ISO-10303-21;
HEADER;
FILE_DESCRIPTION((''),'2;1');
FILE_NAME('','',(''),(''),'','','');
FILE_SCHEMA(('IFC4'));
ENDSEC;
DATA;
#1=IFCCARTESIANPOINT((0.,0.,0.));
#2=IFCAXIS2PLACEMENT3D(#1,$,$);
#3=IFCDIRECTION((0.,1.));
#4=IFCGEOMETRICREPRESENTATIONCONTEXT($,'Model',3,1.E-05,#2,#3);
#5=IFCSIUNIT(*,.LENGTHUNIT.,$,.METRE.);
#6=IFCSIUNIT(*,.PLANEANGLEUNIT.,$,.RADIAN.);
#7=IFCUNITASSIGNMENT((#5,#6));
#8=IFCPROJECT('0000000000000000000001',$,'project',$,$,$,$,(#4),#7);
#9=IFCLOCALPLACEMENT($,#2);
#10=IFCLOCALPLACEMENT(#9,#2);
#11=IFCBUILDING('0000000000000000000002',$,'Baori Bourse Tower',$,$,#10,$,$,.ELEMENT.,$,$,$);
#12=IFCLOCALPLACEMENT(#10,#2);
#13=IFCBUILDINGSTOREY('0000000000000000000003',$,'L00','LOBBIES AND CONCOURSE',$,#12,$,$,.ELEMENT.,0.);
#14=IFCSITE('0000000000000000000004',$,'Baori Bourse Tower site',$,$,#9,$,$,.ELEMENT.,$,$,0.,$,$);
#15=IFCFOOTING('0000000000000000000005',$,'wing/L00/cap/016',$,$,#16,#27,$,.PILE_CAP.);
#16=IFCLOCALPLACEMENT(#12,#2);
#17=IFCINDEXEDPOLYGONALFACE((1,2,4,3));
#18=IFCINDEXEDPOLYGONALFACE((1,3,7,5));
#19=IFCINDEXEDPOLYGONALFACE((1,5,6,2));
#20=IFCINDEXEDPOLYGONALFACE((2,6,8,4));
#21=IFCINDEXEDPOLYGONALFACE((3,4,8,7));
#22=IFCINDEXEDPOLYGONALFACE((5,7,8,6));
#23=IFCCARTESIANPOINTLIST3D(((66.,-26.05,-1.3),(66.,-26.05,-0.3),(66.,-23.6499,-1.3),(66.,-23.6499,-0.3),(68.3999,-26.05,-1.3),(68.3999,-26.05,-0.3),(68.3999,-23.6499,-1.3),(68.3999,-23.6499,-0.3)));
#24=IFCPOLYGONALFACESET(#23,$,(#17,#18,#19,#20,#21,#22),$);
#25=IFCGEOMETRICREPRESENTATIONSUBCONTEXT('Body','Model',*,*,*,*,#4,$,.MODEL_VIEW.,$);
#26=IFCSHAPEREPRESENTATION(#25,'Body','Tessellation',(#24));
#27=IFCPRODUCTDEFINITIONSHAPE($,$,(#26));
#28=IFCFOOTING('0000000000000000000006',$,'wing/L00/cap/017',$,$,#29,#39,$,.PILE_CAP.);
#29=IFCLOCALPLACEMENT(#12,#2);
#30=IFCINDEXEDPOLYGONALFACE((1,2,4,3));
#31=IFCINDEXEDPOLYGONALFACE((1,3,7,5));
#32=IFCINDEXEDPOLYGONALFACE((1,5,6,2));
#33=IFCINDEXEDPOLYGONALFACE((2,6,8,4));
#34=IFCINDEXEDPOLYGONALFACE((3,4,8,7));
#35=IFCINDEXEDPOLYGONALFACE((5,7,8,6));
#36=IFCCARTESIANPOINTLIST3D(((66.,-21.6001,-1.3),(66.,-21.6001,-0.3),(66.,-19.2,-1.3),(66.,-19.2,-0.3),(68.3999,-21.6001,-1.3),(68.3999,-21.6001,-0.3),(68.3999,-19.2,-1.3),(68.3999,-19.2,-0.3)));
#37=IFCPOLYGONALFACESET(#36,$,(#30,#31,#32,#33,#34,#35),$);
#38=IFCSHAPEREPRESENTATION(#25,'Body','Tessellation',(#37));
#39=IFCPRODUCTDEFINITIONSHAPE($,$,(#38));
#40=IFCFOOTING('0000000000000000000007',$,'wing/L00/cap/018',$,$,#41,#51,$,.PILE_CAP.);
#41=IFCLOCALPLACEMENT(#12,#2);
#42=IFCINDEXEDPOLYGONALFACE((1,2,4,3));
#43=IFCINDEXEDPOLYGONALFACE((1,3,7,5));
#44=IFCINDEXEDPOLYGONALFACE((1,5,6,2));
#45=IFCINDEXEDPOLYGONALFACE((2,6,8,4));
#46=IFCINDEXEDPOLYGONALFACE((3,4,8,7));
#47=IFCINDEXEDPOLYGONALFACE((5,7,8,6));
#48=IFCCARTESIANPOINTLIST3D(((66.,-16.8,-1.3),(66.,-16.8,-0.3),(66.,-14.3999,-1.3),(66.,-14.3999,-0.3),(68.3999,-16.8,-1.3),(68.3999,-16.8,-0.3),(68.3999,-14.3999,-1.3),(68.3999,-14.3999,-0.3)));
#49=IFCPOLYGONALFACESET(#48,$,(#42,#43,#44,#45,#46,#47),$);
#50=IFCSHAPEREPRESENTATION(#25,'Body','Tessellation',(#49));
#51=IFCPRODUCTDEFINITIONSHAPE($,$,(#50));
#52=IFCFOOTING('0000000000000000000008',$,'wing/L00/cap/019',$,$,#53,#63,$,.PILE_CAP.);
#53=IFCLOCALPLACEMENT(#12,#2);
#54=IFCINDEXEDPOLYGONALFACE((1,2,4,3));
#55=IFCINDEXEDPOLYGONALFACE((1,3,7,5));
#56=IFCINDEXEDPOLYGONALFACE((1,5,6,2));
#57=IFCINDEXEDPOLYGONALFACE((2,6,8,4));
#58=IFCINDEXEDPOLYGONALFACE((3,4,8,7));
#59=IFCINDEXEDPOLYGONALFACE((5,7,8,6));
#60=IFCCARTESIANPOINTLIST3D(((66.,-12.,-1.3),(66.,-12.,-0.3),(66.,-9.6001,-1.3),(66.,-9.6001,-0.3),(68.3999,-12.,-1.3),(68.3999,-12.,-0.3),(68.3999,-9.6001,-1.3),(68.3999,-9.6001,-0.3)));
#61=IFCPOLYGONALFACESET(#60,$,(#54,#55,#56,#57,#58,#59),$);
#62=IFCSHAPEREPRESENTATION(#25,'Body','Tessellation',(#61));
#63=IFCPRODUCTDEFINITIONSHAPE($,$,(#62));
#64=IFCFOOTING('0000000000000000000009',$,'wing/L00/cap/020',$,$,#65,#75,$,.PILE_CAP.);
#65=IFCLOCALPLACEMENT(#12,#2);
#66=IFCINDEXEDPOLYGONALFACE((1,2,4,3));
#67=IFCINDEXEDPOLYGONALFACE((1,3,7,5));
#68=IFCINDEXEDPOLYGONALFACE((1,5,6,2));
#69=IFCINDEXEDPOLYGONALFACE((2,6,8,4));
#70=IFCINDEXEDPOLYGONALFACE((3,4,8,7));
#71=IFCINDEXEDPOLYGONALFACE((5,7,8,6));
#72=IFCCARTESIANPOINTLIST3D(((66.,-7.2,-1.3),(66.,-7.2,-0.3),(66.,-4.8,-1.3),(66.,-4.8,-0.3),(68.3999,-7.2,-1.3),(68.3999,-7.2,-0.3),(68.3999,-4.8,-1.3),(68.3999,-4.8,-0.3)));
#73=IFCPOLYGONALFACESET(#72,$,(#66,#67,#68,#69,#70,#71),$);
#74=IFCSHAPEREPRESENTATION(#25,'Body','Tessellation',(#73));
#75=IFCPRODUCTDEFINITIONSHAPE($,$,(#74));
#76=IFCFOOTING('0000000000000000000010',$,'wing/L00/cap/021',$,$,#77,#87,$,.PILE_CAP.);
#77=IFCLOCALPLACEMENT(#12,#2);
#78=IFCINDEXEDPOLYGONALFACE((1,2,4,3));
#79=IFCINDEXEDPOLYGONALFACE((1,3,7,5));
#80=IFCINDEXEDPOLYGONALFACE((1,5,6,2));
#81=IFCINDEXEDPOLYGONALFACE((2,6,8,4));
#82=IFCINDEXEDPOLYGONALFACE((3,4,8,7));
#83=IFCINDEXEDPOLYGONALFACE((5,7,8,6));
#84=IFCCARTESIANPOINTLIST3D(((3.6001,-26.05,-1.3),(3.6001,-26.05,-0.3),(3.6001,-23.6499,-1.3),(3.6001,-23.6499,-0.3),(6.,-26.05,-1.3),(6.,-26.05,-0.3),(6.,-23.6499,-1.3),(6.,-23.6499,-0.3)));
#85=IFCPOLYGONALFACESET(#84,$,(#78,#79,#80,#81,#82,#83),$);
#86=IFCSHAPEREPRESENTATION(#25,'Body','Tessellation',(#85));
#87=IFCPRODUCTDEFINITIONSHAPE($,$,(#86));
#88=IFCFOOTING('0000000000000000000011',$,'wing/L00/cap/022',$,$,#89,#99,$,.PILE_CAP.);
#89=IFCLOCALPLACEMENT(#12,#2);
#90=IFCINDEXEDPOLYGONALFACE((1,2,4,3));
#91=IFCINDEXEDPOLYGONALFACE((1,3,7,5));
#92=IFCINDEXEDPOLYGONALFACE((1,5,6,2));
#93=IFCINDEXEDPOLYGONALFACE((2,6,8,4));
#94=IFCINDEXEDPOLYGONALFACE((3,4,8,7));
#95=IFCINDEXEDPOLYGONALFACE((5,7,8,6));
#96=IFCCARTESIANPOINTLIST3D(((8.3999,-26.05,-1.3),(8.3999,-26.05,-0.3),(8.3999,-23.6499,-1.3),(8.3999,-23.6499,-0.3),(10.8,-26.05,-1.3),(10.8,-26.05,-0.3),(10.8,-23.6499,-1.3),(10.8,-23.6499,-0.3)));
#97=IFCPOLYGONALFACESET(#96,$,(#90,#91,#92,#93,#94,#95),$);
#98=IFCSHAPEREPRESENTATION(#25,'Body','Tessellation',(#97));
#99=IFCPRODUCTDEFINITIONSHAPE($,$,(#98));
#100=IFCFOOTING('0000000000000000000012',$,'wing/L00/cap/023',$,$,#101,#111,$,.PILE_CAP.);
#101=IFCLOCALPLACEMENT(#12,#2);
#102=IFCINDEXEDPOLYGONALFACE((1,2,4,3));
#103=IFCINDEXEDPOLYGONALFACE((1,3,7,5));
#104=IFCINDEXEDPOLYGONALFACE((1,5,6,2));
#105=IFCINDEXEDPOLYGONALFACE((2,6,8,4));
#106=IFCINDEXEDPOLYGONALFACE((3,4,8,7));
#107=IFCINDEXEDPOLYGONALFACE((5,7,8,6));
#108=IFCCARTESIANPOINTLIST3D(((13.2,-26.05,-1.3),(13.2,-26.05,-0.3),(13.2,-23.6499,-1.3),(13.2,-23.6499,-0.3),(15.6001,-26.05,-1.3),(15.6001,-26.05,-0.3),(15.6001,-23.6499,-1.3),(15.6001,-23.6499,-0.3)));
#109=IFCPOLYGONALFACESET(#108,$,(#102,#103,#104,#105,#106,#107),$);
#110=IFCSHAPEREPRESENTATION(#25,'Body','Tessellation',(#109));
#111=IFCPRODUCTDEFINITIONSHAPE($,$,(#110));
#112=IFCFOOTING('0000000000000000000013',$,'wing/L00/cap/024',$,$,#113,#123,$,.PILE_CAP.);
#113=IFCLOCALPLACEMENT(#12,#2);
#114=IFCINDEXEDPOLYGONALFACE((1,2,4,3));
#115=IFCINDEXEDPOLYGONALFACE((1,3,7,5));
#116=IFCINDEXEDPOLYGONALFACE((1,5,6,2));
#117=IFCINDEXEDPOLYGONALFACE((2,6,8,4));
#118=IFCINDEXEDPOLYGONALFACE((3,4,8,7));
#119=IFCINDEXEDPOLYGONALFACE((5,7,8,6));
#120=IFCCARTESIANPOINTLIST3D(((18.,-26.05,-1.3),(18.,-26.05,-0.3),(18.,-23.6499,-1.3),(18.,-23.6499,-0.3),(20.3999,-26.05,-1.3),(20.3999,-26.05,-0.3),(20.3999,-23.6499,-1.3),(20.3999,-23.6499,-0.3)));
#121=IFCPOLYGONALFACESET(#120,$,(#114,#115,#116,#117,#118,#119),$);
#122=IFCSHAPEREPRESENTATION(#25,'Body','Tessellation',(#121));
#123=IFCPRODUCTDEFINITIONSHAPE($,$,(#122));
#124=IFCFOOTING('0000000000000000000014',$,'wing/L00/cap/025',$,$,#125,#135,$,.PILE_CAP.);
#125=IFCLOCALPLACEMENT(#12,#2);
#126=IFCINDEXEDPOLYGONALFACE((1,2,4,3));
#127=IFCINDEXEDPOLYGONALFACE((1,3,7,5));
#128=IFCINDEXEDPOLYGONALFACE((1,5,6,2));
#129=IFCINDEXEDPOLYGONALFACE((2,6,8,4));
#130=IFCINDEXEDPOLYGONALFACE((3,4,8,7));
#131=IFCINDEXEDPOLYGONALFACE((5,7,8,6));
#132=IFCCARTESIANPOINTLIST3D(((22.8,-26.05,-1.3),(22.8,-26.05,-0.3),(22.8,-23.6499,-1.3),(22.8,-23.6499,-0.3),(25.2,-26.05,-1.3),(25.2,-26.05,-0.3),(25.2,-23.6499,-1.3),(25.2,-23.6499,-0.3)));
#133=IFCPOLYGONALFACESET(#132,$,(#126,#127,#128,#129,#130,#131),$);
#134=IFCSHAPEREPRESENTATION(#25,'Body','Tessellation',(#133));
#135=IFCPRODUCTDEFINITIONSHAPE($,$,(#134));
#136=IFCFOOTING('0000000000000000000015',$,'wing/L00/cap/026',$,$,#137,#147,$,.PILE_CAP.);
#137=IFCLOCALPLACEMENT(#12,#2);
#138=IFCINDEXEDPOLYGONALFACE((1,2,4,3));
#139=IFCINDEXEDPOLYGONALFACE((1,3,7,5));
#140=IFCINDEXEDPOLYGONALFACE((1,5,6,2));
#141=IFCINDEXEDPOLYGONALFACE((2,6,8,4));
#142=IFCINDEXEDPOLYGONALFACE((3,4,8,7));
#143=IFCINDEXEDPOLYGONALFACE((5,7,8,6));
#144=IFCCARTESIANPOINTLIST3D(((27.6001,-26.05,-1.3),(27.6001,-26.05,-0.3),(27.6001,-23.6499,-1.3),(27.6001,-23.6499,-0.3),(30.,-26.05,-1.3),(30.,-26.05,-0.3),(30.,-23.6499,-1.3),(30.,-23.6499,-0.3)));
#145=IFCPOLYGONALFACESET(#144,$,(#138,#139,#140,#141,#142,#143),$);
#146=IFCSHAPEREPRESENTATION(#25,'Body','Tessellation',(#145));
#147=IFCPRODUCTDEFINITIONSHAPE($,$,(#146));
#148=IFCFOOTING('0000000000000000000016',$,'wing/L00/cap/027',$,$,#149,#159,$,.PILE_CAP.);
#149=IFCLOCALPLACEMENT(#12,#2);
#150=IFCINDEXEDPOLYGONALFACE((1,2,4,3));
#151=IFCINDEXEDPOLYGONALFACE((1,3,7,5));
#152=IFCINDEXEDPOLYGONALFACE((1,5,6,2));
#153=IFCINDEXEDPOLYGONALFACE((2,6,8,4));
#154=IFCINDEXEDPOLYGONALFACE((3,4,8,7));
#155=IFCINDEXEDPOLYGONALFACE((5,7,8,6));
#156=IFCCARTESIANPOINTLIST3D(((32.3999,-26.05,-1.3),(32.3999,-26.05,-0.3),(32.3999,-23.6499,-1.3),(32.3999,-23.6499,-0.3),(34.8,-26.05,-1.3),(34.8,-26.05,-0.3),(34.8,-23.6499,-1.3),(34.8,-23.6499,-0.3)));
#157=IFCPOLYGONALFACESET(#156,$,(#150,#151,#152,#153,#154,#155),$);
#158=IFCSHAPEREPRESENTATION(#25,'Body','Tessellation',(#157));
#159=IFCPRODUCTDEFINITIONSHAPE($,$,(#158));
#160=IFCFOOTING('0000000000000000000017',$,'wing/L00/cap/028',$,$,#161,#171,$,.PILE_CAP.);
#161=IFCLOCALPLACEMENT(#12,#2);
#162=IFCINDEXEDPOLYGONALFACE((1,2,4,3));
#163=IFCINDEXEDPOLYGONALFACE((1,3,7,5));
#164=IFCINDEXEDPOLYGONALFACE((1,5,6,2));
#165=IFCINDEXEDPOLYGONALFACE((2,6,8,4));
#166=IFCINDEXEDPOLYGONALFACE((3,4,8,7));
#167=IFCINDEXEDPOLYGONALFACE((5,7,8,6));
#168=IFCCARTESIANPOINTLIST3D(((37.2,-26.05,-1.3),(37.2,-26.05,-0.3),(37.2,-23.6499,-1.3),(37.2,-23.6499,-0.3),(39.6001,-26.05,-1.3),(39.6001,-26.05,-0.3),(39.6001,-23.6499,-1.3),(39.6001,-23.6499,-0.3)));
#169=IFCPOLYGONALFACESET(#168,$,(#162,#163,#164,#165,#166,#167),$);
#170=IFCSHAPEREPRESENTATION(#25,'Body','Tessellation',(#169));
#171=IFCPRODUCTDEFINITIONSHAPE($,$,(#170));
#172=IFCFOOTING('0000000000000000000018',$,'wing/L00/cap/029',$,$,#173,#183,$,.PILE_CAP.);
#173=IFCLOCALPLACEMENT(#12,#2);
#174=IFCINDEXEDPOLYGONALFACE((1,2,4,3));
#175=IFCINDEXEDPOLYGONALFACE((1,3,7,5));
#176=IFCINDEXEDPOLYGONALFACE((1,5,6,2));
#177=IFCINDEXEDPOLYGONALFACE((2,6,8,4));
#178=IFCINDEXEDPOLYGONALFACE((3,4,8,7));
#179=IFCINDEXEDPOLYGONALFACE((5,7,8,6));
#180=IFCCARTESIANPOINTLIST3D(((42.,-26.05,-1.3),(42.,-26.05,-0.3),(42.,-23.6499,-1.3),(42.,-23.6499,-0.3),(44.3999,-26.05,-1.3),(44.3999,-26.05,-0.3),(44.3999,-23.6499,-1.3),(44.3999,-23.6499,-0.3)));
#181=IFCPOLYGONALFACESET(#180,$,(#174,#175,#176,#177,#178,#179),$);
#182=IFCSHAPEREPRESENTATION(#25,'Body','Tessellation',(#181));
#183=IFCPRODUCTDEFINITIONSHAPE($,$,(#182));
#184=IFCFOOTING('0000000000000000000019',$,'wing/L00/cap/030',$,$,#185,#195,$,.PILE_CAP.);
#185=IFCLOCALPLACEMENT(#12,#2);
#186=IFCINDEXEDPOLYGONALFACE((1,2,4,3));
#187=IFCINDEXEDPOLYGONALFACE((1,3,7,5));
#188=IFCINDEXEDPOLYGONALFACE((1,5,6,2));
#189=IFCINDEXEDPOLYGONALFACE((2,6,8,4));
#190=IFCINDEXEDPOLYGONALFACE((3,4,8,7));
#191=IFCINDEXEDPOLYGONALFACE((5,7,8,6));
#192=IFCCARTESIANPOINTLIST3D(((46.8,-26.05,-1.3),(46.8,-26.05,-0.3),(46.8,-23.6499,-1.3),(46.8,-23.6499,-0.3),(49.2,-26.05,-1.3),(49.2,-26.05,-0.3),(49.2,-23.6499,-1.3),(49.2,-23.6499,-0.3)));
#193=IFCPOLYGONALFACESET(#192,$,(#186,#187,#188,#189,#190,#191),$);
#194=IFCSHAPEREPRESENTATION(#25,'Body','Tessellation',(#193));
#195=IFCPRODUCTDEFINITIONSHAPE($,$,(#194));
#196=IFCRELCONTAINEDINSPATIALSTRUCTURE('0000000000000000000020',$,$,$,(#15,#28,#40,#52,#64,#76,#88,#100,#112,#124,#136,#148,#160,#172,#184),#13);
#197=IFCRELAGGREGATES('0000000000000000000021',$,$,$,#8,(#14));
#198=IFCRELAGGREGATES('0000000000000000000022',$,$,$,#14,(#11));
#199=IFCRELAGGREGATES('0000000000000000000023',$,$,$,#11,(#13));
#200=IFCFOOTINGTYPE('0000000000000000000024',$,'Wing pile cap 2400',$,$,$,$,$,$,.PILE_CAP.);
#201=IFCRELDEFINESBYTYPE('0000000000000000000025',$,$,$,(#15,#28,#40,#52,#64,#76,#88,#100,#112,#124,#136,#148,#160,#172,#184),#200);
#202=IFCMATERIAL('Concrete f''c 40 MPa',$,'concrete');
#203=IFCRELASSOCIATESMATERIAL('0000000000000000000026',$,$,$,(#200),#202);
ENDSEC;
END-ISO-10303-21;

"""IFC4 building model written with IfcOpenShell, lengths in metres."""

from ifc_helpers import new_model, si_unit, direction, frame, origin, place, context, subcontext, project, spatial, polyline, outline, extrude, material, type_object, element, save


model = new_model("IFC4")

# Units and contexts
model_context = context("Model", 3, precision=1e-05, world=origin(), true_north=direction((0.0, 1.0)))
body_context = subcontext(model_context, "Body", "Model", "MODEL_VIEW")
ifc_project = project(units=[si_unit("LENGTHUNIT", "METRE"), si_unit("PLANEANGLEUNIT", "RADIAN")], contexts=[model_context])

# Site, building, storey
site_placement = place(None, origin())
site = spatial("IfcSite", under=ifc_project, at=site_placement, Name="Baori Bourse Tower site", CompositionType="ELEMENT", RefElevation=0.0)
building_placement = place(site_placement, origin())
building = spatial("IfcBuilding", under=site, at=building_placement, Name="Baori Bourse Tower", CompositionType="ELEMENT")
storey_placement = place(building_placement, origin())
storey = spatial("IfcBuildingStorey", under=building, at=storey_placement, Name="L00", Description="LOBBIES AND CONCOURSE", CompositionType="ELEMENT", Elevation=0.0)

# Footings
ifc_material_1 = material(Name="Concrete f'c 40 MPa", Category="concrete")
footing_type_1 = type_object("IfcFootingType", Name="Wing pile cap 2400", PredefinedType="PILE_CAP", material=ifc_material_1)
footing_1_placement = place(storey_placement, frame((0.0, 0.0, -1.3)))
element("IfcFooting", 1, at=footing_1_placement, inside=storey, type_object=footing_type_1, Name="wing/L00/cap/016", PredefinedType="PILE_CAP", context=body_context, shape_type="SweptSolid", body=[
    extrude(outline(polyline([(66.0, -26.05), (68.3999, -26.05), (68.3999, -23.6499), (66.0, -23.6499), (66.0, -26.05)])), origin(), (0.0, 0.0, 1.0), 1.0),
])
footing_2_placement = place(storey_placement, frame((0.0, 0.0, -1.3)))
element("IfcFooting", 2, at=footing_2_placement, inside=storey, type_object=footing_type_1, Name="wing/L00/cap/017", PredefinedType="PILE_CAP", context=body_context, shape_type="SweptSolid", body=[
    extrude(outline(polyline([(66.0, -21.6001), (68.3999, -21.6001), (68.3999, -19.2), (66.0, -19.2), (66.0, -21.6001)])), origin(), (0.0, 0.0, 1.0), 1.0),
])
footing_3_placement = place(storey_placement, frame((0.0, 0.0, -1.3)))
element("IfcFooting", 3, at=footing_3_placement, inside=storey, type_object=footing_type_1, Name="wing/L00/cap/018", PredefinedType="PILE_CAP", context=body_context, shape_type="SweptSolid", body=[
    extrude(outline(polyline([(66.0, -16.8), (68.3999, -16.8), (68.3999, -14.3999), (66.0, -14.3999), (66.0, -16.8)])), origin(), (0.0, 0.0, 1.0), 1.0),
])
footing_4_placement = place(storey_placement, frame((0.0, 0.0, -1.3)))
element("IfcFooting", 4, at=footing_4_placement, inside=storey, type_object=footing_type_1, Name="wing/L00/cap/019", PredefinedType="PILE_CAP", context=body_context, shape_type="SweptSolid", body=[
    extrude(outline(polyline([(66.0, -12.0), (68.3999, -12.0), (68.3999, -9.6001), (66.0, -9.6001), (66.0, -12.0)])), origin(), (0.0, 0.0, 1.0), 1.0),
])
footing_5_placement = place(storey_placement, frame((0.0, 0.0, -1.3)))
element("IfcFooting", 5, at=footing_5_placement, inside=storey, type_object=footing_type_1, Name="wing/L00/cap/020", PredefinedType="PILE_CAP", context=body_context, shape_type="SweptSolid", body=[
    extrude(outline(polyline([(66.0, -7.2), (68.3999, -7.2), (68.3999, -4.8), (66.0, -4.8), (66.0, -7.2)])), origin(), (0.0, 0.0, 1.0), 1.0),
])
footing_6_placement = place(storey_placement, frame((0.0, 0.0, -1.3)))
element("IfcFooting", 6, at=footing_6_placement, inside=storey, type_object=footing_type_1, Name="wing/L00/cap/021", PredefinedType="PILE_CAP", context=body_context, shape_type="SweptSolid", body=[
    extrude(outline(polyline([(3.6001, -26.05), (6.0, -26.05), (6.0, -23.6499), (3.6001, -23.6499), (3.6001, -26.05)])), origin(), (0.0, 0.0, 1.0), 1.0),
])
footing_7_placement = place(storey_placement, frame((0.0, 0.0, -1.3)))
element("IfcFooting", 7, at=footing_7_placement, inside=storey, type_object=footing_type_1, Name="wing/L00/cap/022", PredefinedType="PILE_CAP", context=body_context, shape_type="SweptSolid", body=[
    extrude(outline(polyline([(8.3999, -26.05), (10.8, -26.05), (10.8, -23.6499), (8.3999, -23.6499), (8.3999, -26.05)])), origin(), (0.0, 0.0, 1.0), 1.0),
])
footing_8_placement = place(storey_placement, frame((0.0, 0.0, -1.3)))
element("IfcFooting", 8, at=footing_8_placement, inside=storey, type_object=footing_type_1, Name="wing/L00/cap/023", PredefinedType="PILE_CAP", context=body_context, shape_type="SweptSolid", body=[
    extrude(outline(polyline([(13.2, -26.05), (15.6001, -26.05), (15.6001, -23.6499), (13.2, -23.6499), (13.2, -26.05)])), origin(), (0.0, 0.0, 1.0), 1.0),
])
footing_9_placement = place(storey_placement, frame((0.0, 0.0, -1.3)))
element("IfcFooting", 9, at=footing_9_placement, inside=storey, type_object=footing_type_1, Name="wing/L00/cap/024", PredefinedType="PILE_CAP", context=body_context, shape_type="SweptSolid", body=[
    extrude(outline(polyline([(18.0, -26.05), (20.3999, -26.05), (20.3999, -23.6499), (18.0, -23.6499), (18.0, -26.05)])), origin(), (0.0, 0.0, 1.0), 1.0),
])
footing_10_placement = place(storey_placement, frame((0.0, 0.0, -1.3)))
element("IfcFooting", 10, at=footing_10_placement, inside=storey, type_object=footing_type_1, Name="wing/L00/cap/025", PredefinedType="PILE_CAP", context=body_context, shape_type="SweptSolid", body=[
    extrude(outline(polyline([(22.8, -26.05), (25.2, -26.05), (25.2, -23.6499), (22.8, -23.6499), (22.8, -26.05)])), origin(), (0.0, 0.0, 1.0), 1.0),
])
footing_11_placement = place(storey_placement, frame((0.0, 0.0, -1.3)))
element("IfcFooting", 11, at=footing_11_placement, inside=storey, type_object=footing_type_1, Name="wing/L00/cap/026", PredefinedType="PILE_CAP", context=body_context, shape_type="SweptSolid", body=[
    extrude(outline(polyline([(27.6001, -26.05), (30.0, -26.05), (30.0, -23.6499), (27.6001, -23.6499), (27.6001, -26.05)])), origin(), (0.0, 0.0, 1.0), 1.0),
])
footing_12_placement = place(storey_placement, frame((0.0, 0.0, -1.3)))
element("IfcFooting", 12, at=footing_12_placement, inside=storey, type_object=footing_type_1, Name="wing/L00/cap/027", PredefinedType="PILE_CAP", context=body_context, shape_type="SweptSolid", body=[
    extrude(outline(polyline([(32.3999, -26.05), (34.8, -26.05), (34.8, -23.6499), (32.3999, -23.6499), (32.3999, -26.05)])), origin(), (0.0, 0.0, 1.0), 1.0),
])
footing_13_placement = place(storey_placement, frame((0.0, 0.0, -1.3)))
element("IfcFooting", 13, at=footing_13_placement, inside=storey, type_object=footing_type_1, Name="wing/L00/cap/028", PredefinedType="PILE_CAP", context=body_context, shape_type="SweptSolid", body=[
    extrude(outline(polyline([(37.2, -26.05), (39.6001, -26.05), (39.6001, -23.6499), (37.2, -23.6499), (37.2, -26.05)])), origin(), (0.0, 0.0, 1.0), 1.0),
])
footing_14_placement = place(storey_placement, frame((0.0, 0.0, -1.3)))
element("IfcFooting", 14, at=footing_14_placement, inside=storey, type_object=footing_type_1, Name="wing/L00/cap/029", PredefinedType="PILE_CAP", context=body_context, shape_type="SweptSolid", body=[
    extrude(outline(polyline([(42.0, -26.05), (44.3999, -26.05), (44.3999, -23.6499), (42.0, -23.6499), (42.0, -26.05)])), origin(), (0.0, 0.0, 1.0), 1.0),
])
footing_15_placement = place(storey_placement, frame((0.0, 0.0, -1.3)))
element("IfcFooting", 15, at=footing_15_placement, inside=storey, type_object=footing_type_1, Name="wing/L00/cap/030", PredefinedType="PILE_CAP", context=body_context, shape_type="SweptSolid", body=[
    extrude(outline(polyline([(46.8, -26.05), (49.2, -26.05), (49.2, -23.6499), (46.8, -23.6499), (46.8, -26.05)])), origin(), (0.0, 0.0, 1.0), 1.0),
])

save(model, "model.ifc")
